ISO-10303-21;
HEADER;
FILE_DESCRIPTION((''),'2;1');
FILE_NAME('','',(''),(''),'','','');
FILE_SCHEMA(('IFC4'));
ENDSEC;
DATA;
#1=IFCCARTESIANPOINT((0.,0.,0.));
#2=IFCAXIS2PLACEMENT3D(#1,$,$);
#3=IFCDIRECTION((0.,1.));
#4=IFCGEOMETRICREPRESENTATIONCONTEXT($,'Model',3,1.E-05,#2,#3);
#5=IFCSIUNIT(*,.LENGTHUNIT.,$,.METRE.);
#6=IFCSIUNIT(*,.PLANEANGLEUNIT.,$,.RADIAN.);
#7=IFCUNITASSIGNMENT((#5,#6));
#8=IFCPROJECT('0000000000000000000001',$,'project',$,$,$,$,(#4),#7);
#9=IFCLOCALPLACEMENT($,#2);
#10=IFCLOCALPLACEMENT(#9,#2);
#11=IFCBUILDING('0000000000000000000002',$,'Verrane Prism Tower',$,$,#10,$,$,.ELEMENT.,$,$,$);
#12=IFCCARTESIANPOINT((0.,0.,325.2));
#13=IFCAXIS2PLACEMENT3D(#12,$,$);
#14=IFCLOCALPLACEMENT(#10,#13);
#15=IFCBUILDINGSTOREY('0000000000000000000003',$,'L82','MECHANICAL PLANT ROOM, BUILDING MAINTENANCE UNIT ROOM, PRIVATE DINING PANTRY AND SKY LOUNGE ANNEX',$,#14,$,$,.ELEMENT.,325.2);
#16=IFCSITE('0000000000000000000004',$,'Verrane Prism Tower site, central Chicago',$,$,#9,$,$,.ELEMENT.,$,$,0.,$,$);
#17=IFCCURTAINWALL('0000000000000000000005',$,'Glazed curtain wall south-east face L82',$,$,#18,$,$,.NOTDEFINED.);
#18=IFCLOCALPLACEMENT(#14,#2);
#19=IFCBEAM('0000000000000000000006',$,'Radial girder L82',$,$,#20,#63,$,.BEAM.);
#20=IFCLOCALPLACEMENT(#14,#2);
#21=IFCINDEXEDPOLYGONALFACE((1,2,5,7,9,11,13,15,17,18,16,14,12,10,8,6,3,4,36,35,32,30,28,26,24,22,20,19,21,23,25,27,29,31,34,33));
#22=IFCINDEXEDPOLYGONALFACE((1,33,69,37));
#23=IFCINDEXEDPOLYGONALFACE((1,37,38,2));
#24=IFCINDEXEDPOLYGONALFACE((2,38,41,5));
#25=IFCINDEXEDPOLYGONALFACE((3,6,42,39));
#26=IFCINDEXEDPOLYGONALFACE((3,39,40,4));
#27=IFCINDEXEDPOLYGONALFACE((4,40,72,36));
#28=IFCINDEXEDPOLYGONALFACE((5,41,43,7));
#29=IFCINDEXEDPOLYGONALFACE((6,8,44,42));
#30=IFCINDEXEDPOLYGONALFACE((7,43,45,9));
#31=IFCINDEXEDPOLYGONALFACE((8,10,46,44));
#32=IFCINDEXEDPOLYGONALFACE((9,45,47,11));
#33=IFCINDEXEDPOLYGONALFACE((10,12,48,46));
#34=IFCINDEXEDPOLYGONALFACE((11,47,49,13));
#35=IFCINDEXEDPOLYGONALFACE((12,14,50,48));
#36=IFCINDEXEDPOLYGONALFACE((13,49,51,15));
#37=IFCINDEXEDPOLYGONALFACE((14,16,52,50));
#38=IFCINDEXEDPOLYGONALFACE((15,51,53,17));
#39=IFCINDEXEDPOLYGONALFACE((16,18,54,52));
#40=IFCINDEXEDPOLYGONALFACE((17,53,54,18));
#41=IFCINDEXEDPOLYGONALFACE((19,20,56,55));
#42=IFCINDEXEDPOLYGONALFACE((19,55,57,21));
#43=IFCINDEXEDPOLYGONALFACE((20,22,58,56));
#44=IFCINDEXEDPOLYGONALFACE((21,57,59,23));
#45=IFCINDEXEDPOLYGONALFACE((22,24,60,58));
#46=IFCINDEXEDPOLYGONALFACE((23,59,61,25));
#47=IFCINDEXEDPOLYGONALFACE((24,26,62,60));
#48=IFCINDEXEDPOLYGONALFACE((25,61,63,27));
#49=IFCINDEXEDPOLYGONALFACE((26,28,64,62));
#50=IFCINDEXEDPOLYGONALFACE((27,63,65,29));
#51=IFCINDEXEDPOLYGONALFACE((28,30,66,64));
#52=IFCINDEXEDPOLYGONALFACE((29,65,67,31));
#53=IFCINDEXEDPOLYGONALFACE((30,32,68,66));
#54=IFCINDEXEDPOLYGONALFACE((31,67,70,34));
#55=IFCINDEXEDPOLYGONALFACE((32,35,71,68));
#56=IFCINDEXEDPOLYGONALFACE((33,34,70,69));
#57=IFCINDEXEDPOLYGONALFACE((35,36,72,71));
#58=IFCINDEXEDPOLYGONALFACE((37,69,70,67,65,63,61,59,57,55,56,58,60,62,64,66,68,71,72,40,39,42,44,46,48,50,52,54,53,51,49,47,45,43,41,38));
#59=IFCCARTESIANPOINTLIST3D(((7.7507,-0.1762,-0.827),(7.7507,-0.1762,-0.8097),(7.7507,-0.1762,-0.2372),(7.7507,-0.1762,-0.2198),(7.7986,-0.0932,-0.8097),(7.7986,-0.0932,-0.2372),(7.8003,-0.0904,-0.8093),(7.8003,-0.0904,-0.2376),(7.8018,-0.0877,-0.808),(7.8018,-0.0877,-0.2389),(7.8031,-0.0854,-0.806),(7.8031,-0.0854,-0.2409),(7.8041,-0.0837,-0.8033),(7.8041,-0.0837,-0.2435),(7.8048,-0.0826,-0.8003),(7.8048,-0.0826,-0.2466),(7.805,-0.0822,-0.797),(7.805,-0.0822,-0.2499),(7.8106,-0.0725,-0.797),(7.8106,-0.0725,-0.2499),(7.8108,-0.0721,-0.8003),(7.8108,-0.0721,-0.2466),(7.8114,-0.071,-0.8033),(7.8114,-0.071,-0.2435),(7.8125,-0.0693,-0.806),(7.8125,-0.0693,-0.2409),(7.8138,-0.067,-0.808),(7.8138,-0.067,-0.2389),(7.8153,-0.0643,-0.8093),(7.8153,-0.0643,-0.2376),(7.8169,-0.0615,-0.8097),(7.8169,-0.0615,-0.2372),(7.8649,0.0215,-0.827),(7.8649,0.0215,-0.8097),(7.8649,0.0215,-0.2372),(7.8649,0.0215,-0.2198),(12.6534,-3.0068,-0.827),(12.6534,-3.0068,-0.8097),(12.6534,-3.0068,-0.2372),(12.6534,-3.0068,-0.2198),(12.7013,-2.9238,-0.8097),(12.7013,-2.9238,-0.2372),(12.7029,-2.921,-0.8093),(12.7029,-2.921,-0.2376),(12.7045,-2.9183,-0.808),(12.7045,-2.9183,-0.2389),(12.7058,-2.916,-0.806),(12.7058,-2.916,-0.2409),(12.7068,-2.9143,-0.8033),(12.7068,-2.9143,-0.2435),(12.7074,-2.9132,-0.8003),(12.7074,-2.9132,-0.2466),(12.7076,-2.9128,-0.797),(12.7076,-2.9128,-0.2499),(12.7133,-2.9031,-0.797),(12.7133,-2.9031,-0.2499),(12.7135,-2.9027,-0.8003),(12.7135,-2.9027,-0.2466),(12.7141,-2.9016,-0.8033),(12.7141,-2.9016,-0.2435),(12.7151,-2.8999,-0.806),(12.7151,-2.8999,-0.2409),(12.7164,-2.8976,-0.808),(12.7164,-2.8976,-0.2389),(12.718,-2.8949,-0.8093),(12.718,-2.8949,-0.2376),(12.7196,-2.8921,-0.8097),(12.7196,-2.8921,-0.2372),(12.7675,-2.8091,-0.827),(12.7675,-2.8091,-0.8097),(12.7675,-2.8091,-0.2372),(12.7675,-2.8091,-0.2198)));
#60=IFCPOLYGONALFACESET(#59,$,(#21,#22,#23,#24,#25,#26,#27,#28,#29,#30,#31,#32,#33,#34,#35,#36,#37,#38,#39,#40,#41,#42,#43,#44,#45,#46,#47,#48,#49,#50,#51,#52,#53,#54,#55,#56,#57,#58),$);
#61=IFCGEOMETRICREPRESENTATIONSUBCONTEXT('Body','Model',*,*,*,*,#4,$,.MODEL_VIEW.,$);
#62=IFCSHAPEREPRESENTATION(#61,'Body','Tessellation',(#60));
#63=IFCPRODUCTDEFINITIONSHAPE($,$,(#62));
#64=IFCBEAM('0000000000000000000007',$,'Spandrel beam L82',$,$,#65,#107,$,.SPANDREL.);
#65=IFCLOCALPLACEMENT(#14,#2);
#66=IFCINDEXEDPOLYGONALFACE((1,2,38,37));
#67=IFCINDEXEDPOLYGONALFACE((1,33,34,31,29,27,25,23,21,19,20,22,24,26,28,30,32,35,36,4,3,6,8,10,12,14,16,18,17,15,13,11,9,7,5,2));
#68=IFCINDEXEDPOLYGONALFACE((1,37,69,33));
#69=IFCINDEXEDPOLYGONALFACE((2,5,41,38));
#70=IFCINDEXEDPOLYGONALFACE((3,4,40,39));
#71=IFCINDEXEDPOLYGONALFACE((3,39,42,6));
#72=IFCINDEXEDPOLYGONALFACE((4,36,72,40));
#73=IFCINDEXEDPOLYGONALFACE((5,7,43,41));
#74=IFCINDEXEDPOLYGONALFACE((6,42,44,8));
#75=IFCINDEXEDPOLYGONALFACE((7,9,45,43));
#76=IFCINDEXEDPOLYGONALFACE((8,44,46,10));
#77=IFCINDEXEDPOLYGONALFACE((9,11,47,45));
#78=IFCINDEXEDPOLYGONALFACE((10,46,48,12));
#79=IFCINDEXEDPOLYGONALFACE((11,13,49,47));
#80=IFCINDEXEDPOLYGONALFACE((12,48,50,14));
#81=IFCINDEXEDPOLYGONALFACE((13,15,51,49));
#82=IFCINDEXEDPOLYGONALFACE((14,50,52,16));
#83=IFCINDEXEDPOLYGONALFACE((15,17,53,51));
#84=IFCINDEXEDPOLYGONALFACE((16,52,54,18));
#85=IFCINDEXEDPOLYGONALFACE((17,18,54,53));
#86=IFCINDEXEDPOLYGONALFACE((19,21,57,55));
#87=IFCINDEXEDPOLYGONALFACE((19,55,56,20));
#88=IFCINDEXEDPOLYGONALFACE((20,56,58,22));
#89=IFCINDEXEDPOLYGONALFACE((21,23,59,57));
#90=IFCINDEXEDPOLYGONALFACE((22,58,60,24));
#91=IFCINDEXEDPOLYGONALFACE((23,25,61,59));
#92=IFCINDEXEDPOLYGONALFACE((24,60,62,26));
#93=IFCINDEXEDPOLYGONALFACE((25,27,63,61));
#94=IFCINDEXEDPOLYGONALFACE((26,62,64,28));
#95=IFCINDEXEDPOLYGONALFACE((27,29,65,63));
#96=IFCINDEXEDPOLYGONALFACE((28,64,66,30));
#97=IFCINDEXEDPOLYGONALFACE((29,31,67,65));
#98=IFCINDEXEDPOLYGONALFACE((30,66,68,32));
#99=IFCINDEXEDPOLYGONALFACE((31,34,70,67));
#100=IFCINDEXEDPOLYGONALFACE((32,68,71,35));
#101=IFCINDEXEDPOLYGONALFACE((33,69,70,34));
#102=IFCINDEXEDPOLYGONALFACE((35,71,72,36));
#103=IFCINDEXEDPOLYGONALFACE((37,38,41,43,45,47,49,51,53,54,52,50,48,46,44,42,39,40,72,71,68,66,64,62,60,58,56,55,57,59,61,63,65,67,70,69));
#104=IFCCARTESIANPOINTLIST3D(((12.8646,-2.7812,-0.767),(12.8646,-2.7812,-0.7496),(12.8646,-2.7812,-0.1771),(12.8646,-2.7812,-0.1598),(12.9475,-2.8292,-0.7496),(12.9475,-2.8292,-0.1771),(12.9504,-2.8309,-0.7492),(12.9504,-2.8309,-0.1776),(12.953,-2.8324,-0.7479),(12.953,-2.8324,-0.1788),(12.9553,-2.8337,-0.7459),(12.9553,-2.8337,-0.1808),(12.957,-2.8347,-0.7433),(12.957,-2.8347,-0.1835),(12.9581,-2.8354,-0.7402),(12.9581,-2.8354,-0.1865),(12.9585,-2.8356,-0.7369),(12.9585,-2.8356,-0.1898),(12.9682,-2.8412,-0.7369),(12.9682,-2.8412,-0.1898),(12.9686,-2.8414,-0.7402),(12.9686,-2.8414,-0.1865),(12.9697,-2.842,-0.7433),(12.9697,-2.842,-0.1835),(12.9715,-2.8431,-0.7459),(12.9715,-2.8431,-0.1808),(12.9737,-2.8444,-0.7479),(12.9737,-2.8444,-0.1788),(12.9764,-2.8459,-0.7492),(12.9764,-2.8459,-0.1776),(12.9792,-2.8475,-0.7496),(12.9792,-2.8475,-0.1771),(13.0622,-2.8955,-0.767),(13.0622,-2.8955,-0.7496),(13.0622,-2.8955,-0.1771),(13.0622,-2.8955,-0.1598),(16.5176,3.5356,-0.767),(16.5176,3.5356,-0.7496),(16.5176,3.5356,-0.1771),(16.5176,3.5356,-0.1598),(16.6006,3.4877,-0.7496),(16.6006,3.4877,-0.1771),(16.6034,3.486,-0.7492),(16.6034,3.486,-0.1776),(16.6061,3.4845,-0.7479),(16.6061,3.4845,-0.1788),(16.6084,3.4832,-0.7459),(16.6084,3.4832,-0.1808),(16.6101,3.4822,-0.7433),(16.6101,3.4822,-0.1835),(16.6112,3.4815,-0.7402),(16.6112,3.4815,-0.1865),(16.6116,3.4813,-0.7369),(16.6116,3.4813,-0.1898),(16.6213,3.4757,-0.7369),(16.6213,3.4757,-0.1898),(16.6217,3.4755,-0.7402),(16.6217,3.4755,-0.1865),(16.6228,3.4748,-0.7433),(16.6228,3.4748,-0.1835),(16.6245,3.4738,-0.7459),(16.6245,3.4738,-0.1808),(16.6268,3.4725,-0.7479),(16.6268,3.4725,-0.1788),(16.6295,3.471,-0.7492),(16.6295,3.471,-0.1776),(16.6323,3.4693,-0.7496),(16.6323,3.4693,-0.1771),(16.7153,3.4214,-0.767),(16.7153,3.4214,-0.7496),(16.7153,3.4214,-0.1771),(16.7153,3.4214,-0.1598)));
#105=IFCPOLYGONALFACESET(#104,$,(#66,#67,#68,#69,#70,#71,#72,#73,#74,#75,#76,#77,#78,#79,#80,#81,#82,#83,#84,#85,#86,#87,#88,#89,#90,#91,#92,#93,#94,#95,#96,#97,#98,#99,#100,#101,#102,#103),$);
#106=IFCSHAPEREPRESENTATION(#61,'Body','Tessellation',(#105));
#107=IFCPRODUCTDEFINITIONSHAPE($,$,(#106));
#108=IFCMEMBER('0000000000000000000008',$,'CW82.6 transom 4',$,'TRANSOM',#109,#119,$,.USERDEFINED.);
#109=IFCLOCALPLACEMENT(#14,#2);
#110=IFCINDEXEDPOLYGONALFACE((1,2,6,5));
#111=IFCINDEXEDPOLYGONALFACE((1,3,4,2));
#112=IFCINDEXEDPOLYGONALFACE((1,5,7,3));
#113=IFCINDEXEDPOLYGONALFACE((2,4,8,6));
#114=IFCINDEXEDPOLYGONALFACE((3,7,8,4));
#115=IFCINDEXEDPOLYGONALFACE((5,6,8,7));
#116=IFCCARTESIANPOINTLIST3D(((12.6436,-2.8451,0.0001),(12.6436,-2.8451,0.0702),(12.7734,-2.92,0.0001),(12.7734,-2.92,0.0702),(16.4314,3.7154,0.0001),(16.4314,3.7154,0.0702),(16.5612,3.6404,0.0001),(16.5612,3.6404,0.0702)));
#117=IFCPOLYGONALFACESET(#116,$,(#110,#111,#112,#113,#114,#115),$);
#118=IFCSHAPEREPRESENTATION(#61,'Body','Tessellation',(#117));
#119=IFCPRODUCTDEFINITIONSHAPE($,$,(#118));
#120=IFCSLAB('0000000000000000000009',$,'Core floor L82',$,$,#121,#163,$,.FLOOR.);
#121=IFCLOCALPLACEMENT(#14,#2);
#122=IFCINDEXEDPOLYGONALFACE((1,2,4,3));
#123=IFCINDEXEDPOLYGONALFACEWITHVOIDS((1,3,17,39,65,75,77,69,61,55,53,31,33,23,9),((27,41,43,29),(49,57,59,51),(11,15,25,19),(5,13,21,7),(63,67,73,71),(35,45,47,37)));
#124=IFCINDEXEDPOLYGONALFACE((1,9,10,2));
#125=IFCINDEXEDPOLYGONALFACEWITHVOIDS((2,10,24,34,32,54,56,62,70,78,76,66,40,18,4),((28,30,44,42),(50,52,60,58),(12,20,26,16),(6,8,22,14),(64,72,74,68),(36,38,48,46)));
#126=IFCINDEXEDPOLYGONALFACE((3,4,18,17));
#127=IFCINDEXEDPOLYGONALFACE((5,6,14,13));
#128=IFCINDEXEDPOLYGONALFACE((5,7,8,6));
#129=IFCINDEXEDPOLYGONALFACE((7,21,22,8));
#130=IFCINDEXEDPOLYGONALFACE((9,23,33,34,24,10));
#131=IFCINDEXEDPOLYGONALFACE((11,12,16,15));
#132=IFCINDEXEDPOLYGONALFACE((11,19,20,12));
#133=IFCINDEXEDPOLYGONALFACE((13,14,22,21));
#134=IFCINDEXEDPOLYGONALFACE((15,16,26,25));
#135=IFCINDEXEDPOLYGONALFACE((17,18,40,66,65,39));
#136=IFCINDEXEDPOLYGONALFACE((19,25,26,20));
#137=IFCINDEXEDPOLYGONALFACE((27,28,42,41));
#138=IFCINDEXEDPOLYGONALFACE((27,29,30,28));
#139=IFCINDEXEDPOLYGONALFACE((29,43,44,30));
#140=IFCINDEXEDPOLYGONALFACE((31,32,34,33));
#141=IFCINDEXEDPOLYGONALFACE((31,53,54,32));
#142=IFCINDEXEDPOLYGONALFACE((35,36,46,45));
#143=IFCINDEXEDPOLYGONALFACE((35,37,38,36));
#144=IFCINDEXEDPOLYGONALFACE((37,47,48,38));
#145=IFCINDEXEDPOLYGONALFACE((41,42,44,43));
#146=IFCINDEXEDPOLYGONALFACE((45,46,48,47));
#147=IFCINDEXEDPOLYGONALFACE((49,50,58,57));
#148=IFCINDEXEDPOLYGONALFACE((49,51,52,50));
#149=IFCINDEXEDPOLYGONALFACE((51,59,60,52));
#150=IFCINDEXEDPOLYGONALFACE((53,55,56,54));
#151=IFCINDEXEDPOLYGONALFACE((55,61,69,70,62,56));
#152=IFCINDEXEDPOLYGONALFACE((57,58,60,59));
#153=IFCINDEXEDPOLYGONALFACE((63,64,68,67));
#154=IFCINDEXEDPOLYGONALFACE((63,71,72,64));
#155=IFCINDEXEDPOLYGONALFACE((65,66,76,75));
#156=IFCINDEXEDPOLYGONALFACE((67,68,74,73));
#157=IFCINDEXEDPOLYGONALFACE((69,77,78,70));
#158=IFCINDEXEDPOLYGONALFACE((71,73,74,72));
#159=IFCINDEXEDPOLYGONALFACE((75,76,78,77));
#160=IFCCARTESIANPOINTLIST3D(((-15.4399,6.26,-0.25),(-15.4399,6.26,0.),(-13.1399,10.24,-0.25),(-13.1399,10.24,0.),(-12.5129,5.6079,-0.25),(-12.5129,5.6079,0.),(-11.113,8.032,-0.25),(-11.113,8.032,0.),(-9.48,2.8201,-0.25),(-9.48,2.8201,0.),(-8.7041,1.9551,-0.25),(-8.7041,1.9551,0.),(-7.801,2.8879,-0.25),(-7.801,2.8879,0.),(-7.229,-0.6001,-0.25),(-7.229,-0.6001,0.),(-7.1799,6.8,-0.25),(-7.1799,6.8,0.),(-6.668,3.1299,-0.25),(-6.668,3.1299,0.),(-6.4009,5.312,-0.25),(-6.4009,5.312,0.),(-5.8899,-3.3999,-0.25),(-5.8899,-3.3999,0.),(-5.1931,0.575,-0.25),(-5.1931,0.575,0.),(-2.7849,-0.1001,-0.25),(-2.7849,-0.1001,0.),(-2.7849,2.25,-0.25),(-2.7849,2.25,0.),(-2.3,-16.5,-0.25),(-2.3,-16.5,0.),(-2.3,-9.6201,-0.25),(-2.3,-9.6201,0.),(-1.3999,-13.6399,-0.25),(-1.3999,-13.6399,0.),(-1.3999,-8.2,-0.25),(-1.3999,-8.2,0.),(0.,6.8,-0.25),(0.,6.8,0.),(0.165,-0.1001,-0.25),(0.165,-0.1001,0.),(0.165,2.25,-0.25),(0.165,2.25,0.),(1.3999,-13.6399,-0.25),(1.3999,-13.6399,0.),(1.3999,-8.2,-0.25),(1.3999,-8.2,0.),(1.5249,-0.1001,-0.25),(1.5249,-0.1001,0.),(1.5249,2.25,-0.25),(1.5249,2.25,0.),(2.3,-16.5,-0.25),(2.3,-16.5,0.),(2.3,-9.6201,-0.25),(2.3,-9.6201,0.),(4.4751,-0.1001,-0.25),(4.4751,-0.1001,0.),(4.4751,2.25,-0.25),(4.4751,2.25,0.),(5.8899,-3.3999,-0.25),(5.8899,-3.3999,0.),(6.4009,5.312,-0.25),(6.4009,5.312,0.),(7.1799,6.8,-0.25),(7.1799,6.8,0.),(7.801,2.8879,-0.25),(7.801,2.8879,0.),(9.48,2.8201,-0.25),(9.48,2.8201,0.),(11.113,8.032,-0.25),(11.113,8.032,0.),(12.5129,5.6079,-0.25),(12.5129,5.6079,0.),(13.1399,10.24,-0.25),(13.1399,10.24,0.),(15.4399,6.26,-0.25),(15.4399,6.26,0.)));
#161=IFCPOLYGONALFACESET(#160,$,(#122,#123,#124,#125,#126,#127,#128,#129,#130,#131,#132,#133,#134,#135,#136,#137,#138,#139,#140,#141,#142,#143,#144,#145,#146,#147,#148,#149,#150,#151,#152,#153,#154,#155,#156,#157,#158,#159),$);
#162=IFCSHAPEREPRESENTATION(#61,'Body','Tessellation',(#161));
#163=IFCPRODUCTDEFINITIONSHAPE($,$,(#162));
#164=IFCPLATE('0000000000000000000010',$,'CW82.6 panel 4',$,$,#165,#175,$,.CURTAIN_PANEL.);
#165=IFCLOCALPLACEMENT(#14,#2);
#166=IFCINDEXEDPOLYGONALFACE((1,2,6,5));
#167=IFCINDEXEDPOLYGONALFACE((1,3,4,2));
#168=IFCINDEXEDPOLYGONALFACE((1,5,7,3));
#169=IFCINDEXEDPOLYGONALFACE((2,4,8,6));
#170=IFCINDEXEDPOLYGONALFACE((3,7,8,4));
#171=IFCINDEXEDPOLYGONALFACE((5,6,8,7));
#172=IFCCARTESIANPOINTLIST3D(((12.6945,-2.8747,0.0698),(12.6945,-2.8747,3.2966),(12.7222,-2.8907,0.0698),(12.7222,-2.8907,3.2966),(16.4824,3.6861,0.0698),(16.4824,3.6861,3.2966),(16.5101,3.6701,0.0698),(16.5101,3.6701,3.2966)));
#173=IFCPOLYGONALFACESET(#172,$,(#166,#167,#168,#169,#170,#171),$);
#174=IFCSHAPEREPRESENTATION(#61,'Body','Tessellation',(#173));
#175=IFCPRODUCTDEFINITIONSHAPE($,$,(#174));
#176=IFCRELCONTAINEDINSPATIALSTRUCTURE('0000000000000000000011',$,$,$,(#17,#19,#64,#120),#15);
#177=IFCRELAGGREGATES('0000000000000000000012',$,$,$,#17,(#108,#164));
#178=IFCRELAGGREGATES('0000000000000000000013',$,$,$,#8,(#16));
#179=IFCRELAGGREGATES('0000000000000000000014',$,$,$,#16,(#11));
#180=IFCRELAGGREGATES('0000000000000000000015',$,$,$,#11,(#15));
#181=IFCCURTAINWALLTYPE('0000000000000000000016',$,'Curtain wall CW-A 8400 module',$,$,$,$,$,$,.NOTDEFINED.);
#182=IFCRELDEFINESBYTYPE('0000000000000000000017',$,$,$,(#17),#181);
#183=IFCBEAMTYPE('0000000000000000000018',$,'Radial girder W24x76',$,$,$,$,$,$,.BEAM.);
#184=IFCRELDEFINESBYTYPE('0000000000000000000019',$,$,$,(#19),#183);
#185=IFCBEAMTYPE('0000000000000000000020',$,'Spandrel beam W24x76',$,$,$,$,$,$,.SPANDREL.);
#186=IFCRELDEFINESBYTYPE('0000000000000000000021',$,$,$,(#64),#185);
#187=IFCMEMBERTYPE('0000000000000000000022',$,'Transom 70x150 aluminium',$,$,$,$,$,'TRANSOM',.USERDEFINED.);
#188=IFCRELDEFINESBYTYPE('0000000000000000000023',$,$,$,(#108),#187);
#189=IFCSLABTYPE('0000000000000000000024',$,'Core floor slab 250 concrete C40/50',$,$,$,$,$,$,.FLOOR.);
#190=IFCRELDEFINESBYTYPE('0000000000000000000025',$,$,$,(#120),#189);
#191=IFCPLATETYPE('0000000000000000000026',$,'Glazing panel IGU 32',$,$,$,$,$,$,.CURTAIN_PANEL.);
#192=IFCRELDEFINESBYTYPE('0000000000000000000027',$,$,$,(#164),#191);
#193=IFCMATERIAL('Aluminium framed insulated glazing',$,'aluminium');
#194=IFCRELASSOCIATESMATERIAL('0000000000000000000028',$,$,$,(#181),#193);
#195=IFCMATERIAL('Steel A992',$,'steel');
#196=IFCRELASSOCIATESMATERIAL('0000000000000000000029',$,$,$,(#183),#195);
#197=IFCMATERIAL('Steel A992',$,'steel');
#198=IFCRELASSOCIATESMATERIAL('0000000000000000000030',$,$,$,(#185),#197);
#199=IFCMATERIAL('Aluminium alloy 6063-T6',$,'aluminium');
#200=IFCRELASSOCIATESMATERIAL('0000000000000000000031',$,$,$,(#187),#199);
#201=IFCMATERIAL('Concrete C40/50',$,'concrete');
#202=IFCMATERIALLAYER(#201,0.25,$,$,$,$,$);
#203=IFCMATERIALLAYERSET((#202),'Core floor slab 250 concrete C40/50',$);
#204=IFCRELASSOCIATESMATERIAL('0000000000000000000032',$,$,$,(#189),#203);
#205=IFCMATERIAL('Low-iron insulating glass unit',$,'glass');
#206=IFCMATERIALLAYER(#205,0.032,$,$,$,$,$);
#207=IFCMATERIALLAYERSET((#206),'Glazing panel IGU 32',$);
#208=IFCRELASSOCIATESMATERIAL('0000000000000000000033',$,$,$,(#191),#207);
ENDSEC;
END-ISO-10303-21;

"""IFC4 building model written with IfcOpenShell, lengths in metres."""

from ifc_helpers import new_model, si_unit, direction, frame, origin, origin_2d, place, context, subcontext, project, spatial, polyline, rectangle, i_section, outline, extrude, material, layer, layer_set, material_profile, profile_set, type_object, element, aggregate, save


model = new_model("IFC4")

# Units and contexts
model_context = context("Model", 3, precision=1e-05, world=origin(), true_north=direction((0.0, 1.0)))
body_context = subcontext(model_context, "Body", "Model", "MODEL_VIEW")
ifc_project = project(units=[si_unit("LENGTHUNIT", "METRE"), si_unit("PLANEANGLEUNIT", "RADIAN")], contexts=[model_context])

# Site, building, storey
site_placement = place(None, origin())
site = spatial("IfcSite", under=ifc_project, at=site_placement, Name="Verrane Prism Tower site, central Chicago", CompositionType="ELEMENT", RefElevation=0.0)
building_placement = place(site_placement, origin())
building = spatial("IfcBuilding", under=site, at=building_placement, Name="Verrane Prism Tower", CompositionType="ELEMENT")
storey_placement = place(building_placement, frame((0.0, 0.0, 325.2)))
storey = spatial("IfcBuildingStorey", under=building, at=storey_placement, Name="L82", Description="MECHANICAL PLANT ROOM, BUILDING MAINTENANCE UNIT ROOM, PRIVATE DINING PANTRY AND SKY LOUNGE ANNEX", CompositionType="ELEMENT", Elevation=325.2)

# Curtain wall
ifc_material_1 = material(Name="Aluminium framed insulated glazing", Category="aluminium")
curtain_wall_type = type_object("IfcCurtainWallType", Name="Curtain wall CW-A 8400 module", PredefinedType="NOTDEFINED", material=ifc_material_1)
curtain_wall_placement = place(storey_placement, origin())
curtain_wall = element("IfcCurtainWall", 1, at=curtain_wall_placement, inside=storey, type_object=curtain_wall_type, Name="Glazed curtain wall south-east face L82", PredefinedType="NOTDEFINED")

# Beams
ifc_material_2 = material(Name="Steel A992", Category="steel")
ifc_material_profile_1 = material_profile(ifc_material_2, i_section(OverallWidth=0.2283, OverallDepth=0.6072, WebThickness=0.0112, FlangeThickness=0.0173, FilletRadius=0.0127, at=origin_2d()), Name="W24x76")
ifc_profile_set_1 = profile_set([ifc_material_profile_1], Name="Steel A992")
beam_type_1 = type_object("IfcBeamType", Name="Radial girder W24x76", PredefinedType="BEAM", material=ifc_profile_set_1)
beam_1_placement = place(storey_placement, frame((12.7104, -2.908, -0.5234), z_axis=(-0.866021, 0.500007, 0.0), x_axis=(-0.500007, -0.866021, 0.0)))
element("IfcBeam", 2, at=beam_1_placement, inside=storey, type_object=beam_type_1, Name="Radial girder L82", PredefinedType="BEAM", context=body_context, shape_type="SweptSolid", body=[
    extrude(i_section(OverallWidth=0.2283, OverallDepth=0.6072, WebThickness=0.0112, FlangeThickness=0.0173, FilletRadius=0.0127, at=origin_2d()), origin(), (0.0, 0.0, 1.0), 5.6611),
])
ifc_material_3 = material(Name="Steel A992", Category="steel")
ifc_material_profile_2 = material_profile(ifc_material_3, i_section(OverallWidth=0.2283, OverallDepth=0.6072, WebThickness=0.0112, FlangeThickness=0.0173, FilletRadius=0.0127, at=origin_2d()), Name="W24x76")
ifc_profile_set_2 = profile_set([ifc_material_profile_2], Name="Steel A992")
beam_type_2 = type_object("IfcBeamType", Name="Spandrel beam W24x76", PredefinedType="SPANDREL", material=ifc_profile_set_2)
beam_2_placement = place(storey_placement, frame((12.9634, -2.8384, -0.4634), z_axis=(0.500618, 0.865668, 0.0), x_axis=(-0.865668, 0.500618, 0.0)))
element("IfcBeam", 3, at=beam_2_placement, inside=storey, type_object=beam_type_2, Name="Spandrel beam L82", PredefinedType="SPANDREL", context=body_context, shape_type="SweptSolid", body=[
    extrude(i_section(OverallWidth=0.2283, OverallDepth=0.6072, WebThickness=0.0112, FlangeThickness=0.0173, FilletRadius=0.0127, at=origin_2d()), origin(), (0.0, 0.0, 1.0), 7.2971),
])

# Member
ifc_material_4 = material(Name="Aluminium alloy 6063-T6", Category="aluminium")
ifc_material_profile_3 = material_profile(ifc_material_4, rectangle(XDim=0.1499, YDim=0.0701, at=origin_2d()), Name="Transom 70x150 aluminium")
ifc_profile_set_3 = profile_set([ifc_material_profile_3], Name="Aluminium alloy 6063-T6")
member_type_1 = type_object("IfcMemberType", Name="Transom 70x150 aluminium", ElementType="TRANSOM", PredefinedType="USERDEFINED", material=ifc_profile_set_3)
member_1_placement = place(storey_placement, frame((12.7085, -2.8826, 0.0352), z_axis=(0.500011, 0.866019, 0.0), x_axis=(-0.866019, 0.500011, 0.0)))
member_1 = element("IfcMember", 4, at=member_1_placement, type_object=member_type_1, Name="CW82.6 transom 4", ObjectType="TRANSOM", PredefinedType="USERDEFINED", context=body_context, shape_type="SweptSolid", body=[
    extrude(rectangle(XDim=0.1499, YDim=0.0701, at=origin_2d()), origin(), (0.0, 0.0, 1.0), 7.5754),
])

# Slab
ifc_material_5 = material(Name="Concrete C40/50", Category="concrete")
ifc_layer_1 = layer(ifc_material_5, 0.25)
ifc_layer_set_1 = layer_set([ifc_layer_1], Name="Core floor slab 250 concrete C40/50")
slab_type_1 = type_object("IfcSlabType", Name="Core floor slab 250 concrete C40/50", PredefinedType="FLOOR", material=ifc_layer_set_1)
slab_1_placement = place(storey_placement, frame((0.0, 0.0, -0.25)))
element("IfcSlab", 5, at=slab_1_placement, inside=storey, type_object=slab_type_1, Name="Core floor L82", PredefinedType="FLOOR", context=body_context, shape_type="SweptSolid", body=[
    extrude(outline(polyline([(9.48, 2.8201), (15.4399, 6.26), (13.1399, 10.24), (7.1799, 6.8), (0.0, 6.8), (-7.1799, 6.8), (-13.1399, 10.24), (-15.4399, 6.26), (-9.48, 2.8201), (-5.8899, -3.3999), (-2.3, -9.6201), (-2.3, -16.5), (2.3, -16.5), (2.3, -9.6201), (5.8899, -3.3999), (9.48, 2.8201)]), holes=[polyline([(-1.3999, -13.6399), (-1.3999, -8.2), (1.3999, -8.2), (1.3999, -13.6399), (-1.3999, -13.6399)]), polyline([(0.165, 2.25), (0.165, -0.1001), (-2.7849, -0.1001), (-2.7849, 2.25), (0.165, 2.25)]), polyline([(4.4751, 2.25), (4.4751, -0.1001), (1.5249, -0.1001), (1.5249, 2.25), (4.4751, 2.25)]), polyline([(-8.7041, 1.9551), (-6.668, 3.1299), (-5.1931, 0.575), (-7.229, -0.6001), (-8.7041, 1.9551)]), polyline([(-6.4009, 5.312), (-7.801, 2.8879), (-12.5129, 5.6079), (-11.113, 8.032), (-6.4009, 5.312)]), polyline([(7.801, 2.8879), (6.4009, 5.312), (11.113, 8.032), (12.5129, 5.6079), (7.801, 2.8879)])]), origin(), (0.0, 0.0, 1.0), 0.25),
])

# Plate
ifc_material_6 = material(Name="Low-iron insulating glass unit", Category="glass")
ifc_layer_2 = layer(ifc_material_6, 0.032)
ifc_layer_set_2 = layer_set([ifc_layer_2], Name="Glazing panel IGU 32")
plate_type = type_object("IfcPlateType", Name="Glazing panel IGU 32", PredefinedType="CURTAIN_PANEL", material=ifc_layer_set_2)
plate_placement = place(storey_placement, frame((14.6023, 0.3977, 0.0698), z_axis=(0.0, 0.0, 1.0), x_axis=(0.5, 0.866025, 0.0)))
plate = element("IfcPlate", 6, at=plate_placement, type_object=plate_type, Name="CW82.6 panel 4", PredefinedType="CURTAIN_PANEL", context=body_context, shape_type="SweptSolid", body=[
    extrude(rectangle(XDim=7.5757, YDim=0.032, at=origin_2d()), origin(), (0.0, 0.0, 1.0), 3.2268),
])
aggregate(curtain_wall, [member_1, plate])

save(model, "model.ifc")
